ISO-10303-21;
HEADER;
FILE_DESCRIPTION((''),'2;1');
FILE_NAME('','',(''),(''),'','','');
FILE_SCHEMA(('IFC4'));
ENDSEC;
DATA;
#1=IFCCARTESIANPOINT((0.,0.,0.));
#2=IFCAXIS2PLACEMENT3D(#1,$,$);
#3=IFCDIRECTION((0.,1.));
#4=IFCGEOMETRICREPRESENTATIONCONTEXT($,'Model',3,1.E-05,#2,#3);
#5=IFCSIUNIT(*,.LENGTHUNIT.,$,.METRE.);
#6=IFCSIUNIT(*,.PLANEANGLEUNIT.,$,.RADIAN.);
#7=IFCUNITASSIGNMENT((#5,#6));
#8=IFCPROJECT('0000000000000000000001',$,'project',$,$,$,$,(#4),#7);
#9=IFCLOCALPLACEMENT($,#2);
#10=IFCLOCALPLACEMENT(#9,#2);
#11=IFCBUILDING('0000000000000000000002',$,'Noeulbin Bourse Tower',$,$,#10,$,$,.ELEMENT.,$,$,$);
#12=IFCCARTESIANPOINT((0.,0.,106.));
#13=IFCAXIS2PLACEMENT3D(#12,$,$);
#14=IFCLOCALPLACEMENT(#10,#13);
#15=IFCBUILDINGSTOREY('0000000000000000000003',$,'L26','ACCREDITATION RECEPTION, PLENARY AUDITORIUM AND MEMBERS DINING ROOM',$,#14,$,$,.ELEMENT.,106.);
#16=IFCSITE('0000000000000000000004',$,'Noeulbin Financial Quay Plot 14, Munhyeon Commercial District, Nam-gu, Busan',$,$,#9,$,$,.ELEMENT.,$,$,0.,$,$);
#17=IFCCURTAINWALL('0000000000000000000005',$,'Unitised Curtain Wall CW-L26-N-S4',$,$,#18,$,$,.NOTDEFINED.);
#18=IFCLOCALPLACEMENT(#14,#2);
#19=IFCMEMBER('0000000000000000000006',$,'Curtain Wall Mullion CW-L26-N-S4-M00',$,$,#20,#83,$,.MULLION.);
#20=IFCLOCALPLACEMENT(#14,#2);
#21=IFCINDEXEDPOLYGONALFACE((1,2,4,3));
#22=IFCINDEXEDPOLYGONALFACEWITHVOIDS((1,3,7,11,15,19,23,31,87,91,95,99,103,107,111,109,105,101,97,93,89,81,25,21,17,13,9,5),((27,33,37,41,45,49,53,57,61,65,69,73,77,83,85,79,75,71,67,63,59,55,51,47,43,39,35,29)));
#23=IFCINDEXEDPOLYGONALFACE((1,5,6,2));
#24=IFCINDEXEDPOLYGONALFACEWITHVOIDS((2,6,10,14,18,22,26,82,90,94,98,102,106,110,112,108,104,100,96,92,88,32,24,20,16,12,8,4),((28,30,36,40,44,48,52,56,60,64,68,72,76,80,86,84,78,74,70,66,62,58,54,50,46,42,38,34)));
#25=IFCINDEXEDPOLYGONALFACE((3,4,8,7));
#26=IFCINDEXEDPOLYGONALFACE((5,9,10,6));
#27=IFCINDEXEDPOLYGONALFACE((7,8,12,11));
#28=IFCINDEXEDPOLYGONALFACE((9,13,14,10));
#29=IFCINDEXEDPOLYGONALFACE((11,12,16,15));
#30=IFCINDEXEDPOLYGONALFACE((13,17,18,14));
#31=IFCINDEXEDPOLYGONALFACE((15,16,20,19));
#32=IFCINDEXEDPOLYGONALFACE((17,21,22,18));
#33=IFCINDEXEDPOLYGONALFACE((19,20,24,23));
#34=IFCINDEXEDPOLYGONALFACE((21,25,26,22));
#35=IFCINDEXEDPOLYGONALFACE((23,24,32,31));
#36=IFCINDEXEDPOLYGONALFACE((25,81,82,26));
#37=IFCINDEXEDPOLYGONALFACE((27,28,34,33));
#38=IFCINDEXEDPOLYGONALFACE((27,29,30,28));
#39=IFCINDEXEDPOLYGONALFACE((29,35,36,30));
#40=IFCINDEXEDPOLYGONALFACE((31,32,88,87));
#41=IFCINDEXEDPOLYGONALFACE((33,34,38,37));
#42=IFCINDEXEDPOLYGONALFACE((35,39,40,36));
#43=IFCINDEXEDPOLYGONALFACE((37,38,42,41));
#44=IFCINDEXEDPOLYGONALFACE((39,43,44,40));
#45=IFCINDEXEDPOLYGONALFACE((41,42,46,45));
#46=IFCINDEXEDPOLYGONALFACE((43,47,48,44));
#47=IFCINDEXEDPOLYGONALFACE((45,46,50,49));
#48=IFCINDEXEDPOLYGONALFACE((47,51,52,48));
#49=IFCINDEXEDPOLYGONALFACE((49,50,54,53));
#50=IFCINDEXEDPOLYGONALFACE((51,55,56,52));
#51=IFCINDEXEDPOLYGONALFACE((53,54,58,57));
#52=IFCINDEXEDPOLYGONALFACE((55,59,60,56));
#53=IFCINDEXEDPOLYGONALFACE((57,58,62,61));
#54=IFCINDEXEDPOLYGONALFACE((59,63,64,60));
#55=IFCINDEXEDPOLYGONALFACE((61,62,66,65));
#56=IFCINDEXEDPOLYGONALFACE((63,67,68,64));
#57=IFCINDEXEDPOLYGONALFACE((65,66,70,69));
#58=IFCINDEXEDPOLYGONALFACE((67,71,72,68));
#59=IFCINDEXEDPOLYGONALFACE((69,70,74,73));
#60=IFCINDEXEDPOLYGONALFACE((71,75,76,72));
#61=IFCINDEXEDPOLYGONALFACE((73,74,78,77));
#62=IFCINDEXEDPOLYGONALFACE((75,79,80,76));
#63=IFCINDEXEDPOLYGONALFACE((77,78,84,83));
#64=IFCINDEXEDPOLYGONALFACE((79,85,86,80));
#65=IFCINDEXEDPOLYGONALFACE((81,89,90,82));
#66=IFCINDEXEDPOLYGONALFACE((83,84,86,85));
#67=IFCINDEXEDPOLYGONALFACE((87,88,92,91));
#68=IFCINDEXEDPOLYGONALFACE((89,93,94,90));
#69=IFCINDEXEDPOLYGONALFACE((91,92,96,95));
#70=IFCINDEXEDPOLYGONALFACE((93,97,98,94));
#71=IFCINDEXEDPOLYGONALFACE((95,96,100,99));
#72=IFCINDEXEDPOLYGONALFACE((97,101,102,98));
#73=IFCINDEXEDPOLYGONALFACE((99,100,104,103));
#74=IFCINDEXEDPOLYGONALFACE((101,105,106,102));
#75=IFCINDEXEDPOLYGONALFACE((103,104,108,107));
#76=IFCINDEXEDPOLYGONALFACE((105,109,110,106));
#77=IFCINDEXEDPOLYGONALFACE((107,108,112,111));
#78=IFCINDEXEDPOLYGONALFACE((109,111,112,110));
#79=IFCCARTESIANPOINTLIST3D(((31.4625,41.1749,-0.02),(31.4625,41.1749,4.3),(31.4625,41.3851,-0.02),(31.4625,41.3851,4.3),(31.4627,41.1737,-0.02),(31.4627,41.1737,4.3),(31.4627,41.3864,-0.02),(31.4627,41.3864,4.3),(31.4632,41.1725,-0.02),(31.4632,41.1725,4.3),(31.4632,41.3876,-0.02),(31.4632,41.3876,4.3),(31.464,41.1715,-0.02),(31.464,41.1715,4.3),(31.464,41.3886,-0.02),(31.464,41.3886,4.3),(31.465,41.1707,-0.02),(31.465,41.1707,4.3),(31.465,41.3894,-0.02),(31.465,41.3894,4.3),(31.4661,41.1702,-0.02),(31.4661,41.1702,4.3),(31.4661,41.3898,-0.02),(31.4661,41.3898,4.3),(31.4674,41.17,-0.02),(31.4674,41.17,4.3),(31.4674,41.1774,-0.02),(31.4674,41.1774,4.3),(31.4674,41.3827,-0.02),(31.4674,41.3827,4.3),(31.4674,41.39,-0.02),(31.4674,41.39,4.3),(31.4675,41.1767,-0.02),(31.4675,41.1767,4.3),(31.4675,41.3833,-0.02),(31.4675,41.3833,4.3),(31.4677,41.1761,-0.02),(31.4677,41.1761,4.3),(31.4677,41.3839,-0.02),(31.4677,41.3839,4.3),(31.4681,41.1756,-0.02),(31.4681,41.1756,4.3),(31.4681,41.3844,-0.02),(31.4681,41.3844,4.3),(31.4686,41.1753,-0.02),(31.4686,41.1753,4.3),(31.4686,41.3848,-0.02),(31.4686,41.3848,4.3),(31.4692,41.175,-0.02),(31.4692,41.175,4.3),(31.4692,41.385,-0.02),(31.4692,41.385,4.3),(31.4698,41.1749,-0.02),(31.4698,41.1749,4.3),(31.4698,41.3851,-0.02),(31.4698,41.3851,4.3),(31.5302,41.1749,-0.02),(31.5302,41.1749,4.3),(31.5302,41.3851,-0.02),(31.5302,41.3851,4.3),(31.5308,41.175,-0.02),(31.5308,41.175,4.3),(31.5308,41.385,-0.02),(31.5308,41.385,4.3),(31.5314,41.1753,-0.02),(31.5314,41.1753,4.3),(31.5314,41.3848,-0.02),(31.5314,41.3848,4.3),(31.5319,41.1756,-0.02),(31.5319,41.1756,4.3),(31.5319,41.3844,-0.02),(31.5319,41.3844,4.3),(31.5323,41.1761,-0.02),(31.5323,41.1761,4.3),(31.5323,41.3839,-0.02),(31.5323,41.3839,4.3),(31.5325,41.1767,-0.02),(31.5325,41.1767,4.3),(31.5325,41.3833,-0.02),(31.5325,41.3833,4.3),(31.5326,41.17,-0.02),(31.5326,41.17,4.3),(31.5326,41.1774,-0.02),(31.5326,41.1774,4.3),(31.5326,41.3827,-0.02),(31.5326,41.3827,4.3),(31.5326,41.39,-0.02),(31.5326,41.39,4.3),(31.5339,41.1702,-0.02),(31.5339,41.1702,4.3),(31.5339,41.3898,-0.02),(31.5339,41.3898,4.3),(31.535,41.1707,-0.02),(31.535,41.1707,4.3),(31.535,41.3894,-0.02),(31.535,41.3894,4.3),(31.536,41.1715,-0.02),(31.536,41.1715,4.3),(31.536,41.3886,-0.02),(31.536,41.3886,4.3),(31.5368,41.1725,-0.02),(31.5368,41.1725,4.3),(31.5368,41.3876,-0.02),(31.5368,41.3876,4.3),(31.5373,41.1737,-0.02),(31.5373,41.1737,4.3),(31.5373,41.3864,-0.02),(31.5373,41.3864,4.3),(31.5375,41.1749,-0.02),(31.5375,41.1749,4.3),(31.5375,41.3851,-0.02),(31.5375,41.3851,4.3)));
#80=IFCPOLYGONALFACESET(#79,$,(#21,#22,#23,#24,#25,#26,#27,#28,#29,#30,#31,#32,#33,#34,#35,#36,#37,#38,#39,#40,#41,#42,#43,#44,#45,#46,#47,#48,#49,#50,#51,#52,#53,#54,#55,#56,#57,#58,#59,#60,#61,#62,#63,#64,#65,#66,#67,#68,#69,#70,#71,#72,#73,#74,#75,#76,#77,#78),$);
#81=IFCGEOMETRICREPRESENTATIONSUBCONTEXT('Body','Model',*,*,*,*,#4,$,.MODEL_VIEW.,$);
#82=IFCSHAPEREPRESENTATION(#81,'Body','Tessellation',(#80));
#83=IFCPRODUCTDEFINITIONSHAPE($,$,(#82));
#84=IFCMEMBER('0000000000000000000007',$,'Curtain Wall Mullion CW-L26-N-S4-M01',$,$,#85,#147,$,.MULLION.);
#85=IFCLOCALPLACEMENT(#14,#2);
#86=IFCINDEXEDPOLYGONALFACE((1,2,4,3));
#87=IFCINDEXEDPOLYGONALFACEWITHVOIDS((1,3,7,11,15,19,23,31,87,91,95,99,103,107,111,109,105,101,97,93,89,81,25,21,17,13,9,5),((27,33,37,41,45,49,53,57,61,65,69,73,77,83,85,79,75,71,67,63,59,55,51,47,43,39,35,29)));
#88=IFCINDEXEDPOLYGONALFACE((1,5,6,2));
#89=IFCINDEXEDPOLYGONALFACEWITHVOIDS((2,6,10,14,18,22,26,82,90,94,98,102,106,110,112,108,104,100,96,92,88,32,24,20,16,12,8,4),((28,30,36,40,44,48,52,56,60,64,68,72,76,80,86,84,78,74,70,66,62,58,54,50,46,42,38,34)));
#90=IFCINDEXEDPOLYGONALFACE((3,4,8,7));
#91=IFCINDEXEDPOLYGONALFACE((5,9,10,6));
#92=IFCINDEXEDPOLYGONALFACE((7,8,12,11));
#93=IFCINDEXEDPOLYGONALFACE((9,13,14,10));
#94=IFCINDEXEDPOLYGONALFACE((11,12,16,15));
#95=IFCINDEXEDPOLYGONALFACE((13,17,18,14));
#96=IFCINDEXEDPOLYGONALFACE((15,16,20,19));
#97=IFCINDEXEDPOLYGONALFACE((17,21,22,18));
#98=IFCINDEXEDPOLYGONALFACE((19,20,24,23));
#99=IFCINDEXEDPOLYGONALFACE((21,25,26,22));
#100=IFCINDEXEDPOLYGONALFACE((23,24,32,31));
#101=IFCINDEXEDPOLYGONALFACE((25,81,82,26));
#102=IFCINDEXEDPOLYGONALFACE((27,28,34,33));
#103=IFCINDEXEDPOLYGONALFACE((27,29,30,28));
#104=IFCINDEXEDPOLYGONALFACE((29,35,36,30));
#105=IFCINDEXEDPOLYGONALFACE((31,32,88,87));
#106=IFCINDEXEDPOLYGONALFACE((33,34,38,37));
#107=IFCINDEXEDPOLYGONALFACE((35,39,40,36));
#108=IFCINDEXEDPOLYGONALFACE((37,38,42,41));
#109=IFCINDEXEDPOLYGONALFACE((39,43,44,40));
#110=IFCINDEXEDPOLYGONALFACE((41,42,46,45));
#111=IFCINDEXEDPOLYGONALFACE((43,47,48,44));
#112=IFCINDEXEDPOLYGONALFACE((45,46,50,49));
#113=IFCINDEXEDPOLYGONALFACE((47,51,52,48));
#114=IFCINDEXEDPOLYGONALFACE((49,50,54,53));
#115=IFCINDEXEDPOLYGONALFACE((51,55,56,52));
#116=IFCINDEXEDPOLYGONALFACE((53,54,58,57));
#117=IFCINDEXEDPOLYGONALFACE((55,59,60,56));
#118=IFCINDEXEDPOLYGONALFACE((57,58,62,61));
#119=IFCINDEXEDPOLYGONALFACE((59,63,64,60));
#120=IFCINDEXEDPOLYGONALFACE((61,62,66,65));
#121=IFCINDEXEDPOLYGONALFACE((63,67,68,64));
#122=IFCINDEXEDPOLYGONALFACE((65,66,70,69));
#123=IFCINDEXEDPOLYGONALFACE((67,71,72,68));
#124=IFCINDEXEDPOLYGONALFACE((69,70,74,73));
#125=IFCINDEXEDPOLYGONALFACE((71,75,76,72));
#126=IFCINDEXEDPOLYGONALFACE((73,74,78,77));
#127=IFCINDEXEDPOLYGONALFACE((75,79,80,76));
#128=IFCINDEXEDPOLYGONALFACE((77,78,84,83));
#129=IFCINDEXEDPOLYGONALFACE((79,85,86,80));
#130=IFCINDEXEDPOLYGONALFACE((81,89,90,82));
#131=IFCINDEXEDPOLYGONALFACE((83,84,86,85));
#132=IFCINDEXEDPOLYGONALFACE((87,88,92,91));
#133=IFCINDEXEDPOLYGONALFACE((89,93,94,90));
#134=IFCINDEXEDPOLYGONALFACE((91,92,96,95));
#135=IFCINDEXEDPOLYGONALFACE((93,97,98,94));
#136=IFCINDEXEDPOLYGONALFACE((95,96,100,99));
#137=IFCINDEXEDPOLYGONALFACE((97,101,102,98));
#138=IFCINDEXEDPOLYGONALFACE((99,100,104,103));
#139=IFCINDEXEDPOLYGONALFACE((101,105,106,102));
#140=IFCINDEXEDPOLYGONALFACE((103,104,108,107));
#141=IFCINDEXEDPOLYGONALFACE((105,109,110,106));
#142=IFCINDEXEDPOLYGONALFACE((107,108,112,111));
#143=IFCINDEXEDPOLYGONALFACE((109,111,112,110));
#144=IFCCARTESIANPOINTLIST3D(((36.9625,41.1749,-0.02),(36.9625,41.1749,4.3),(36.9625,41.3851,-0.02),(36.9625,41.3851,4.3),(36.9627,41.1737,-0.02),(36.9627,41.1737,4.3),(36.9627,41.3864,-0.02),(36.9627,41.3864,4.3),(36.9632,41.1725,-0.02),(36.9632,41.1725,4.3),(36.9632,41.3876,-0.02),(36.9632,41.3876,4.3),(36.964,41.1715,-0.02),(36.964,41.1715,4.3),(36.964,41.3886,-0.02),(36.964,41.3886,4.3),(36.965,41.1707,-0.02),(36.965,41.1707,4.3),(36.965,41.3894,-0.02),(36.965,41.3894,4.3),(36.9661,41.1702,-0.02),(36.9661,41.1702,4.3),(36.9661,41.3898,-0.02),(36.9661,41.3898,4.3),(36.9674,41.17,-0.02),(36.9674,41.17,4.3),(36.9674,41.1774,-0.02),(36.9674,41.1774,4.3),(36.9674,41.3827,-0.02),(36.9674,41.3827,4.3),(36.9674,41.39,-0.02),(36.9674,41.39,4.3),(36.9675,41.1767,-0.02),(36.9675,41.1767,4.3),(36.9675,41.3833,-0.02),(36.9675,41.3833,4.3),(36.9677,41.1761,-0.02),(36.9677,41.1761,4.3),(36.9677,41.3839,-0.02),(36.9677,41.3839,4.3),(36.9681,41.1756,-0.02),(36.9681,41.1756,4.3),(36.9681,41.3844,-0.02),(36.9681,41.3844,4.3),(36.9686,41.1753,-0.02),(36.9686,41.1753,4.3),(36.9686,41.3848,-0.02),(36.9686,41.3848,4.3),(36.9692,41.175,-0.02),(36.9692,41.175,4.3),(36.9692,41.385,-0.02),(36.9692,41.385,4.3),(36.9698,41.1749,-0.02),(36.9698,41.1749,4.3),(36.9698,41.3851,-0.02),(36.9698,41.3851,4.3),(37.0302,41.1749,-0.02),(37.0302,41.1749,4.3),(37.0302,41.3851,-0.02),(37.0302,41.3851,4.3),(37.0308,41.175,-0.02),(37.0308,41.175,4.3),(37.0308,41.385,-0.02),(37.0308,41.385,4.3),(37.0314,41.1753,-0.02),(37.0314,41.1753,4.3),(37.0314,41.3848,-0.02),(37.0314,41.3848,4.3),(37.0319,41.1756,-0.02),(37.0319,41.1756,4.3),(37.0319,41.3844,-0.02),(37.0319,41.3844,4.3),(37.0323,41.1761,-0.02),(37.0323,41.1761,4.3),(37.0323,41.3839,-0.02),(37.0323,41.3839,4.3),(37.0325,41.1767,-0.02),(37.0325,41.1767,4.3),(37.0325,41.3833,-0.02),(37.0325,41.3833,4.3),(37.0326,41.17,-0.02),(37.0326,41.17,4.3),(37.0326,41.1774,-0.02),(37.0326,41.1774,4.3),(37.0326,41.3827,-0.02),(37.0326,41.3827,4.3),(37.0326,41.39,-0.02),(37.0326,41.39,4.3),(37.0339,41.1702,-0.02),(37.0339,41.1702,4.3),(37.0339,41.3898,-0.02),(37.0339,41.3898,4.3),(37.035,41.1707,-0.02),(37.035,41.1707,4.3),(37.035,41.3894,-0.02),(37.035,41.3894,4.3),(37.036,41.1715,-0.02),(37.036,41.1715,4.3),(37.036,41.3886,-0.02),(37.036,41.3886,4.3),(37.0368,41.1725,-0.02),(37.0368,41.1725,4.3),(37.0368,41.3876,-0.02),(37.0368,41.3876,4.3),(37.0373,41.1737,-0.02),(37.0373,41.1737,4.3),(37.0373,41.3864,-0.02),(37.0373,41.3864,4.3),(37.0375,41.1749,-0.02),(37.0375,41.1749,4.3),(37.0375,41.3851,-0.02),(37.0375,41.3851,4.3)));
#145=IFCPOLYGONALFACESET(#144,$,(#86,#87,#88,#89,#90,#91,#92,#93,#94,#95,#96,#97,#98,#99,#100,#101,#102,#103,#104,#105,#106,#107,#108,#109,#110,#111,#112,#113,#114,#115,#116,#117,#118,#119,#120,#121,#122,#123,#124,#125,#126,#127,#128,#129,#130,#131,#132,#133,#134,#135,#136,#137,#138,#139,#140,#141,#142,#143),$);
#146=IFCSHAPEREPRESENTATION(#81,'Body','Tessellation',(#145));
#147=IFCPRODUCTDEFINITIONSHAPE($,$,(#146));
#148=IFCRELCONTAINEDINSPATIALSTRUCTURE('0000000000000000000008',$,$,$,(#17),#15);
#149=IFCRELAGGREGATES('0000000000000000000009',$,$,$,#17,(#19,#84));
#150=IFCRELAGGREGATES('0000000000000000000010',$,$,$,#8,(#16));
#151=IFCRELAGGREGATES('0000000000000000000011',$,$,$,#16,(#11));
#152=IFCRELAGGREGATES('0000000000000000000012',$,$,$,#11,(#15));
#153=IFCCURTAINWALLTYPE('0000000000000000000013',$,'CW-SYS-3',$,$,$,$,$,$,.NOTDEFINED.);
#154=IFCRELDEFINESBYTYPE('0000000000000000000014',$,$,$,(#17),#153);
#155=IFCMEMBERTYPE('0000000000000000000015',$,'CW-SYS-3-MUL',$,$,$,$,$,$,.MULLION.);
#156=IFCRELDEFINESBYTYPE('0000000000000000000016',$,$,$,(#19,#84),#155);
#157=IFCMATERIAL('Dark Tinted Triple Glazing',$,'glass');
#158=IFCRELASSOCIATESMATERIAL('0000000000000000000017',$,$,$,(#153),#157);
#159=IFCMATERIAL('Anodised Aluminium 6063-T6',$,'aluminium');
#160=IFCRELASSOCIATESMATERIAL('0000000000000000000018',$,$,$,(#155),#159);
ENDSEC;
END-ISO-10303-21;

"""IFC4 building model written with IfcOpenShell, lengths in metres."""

from ifc_helpers import new_model, si_unit, direction, frame, origin, origin_2d, place, context, subcontext, project, spatial, hollow_rectangle, extrude, material, material_profile, profile_set, type_object, element, aggregate, save


model = new_model("IFC4")

# Units and contexts
model_context = context("Model", 3, precision=1e-05, world=origin(), true_north=direction((0.0, 1.0)))
body_context = subcontext(model_context, "Body", "Model", "MODEL_VIEW")
ifc_project = project(units=[si_unit("LENGTHUNIT", "METRE"), si_unit("PLANEANGLEUNIT", "RADIAN")], contexts=[model_context])

# Site, building, storey
site_placement = place(None, origin())
site = spatial("IfcSite", under=ifc_project, at=site_placement, Name="Noeulbin Financial Quay Plot 14, Munhyeon Commercial District, Nam-gu, Busan", CompositionType="ELEMENT", RefElevation=0.0)
building_placement = place(site_placement, origin())
building = spatial("IfcBuilding", under=site, at=building_placement, Name="Noeulbin Bourse Tower", CompositionType="ELEMENT")
storey_placement = place(building_placement, frame((0.0, 0.0, 106.0)))
storey = spatial("IfcBuildingStorey", under=building, at=storey_placement, Name="L26", Description="ACCREDITATION RECEPTION, PLENARY AUDITORIUM AND MEMBERS DINING ROOM", CompositionType="ELEMENT", Elevation=106.0)

# Shared definitions
ifc_material_1 = material(Name="Dark Tinted Triple Glazing", Category="glass")
curtain_wall_type = type_object("IfcCurtainWallType", Name="CW-SYS-3", PredefinedType="NOTDEFINED", material=ifc_material_1)
ifc_material_2 = material(Name="Anodised Aluminium 6063-T6", Category="aluminium")
ifc_material_profile_1 = material_profile(ifc_material_2, hollow_rectangle(XDim=0.075, YDim=0.22, WallThickness=0.0049, InnerFilletRadius=0.0024, OuterFilletRadius=0.0049, at=origin_2d()), Name="ALU-MULL-75x220x5", Category="LoadBearing")
ifc_profile_set_1 = profile_set([ifc_material_profile_1], Name="Anodised Aluminium 6063-T6")
member_type_1 = type_object("IfcMemberType", Name="CW-SYS-3-MUL", PredefinedType="MULLION", material=ifc_profile_set_1)

# Curtain wall, members
curtain_wall_1_placement = place(storey_placement, origin())
curtain_wall_1 = element("IfcCurtainWall", 1, at=curtain_wall_1_placement, inside=storey, type_object=curtain_wall_type, Name="Unitised Curtain Wall CW-L26-N-S4", PredefinedType="NOTDEFINED")
member_1_placement = place(storey_placement, frame((31.5, 41.28, -0.02), z_axis=(0.0, 0.0, 1.0), x_axis=(1.0, 0.0, 0.0)))
member_1 = element("IfcMember", 2, at=member_1_placement, type_object=member_type_1, Name="Curtain Wall Mullion CW-L26-N-S4-M00", PredefinedType="MULLION", context=body_context, shape_type="SweptSolid", body=[
    extrude(hollow_rectangle(XDim=0.075, YDim=0.22, WallThickness=0.0049, InnerFilletRadius=0.0024, OuterFilletRadius=0.0049, at=origin_2d()), origin(), (0.0, 0.0, 1.0), 4.3201),
])
member_2_placement = place(storey_placement, frame((37.0, 41.28, -0.02), z_axis=(0.0, 0.0, 1.0), x_axis=(1.0, 0.0, 0.0)))
member_2 = element("IfcMember", 3, at=member_2_placement, type_object=member_type_1, Name="Curtain Wall Mullion CW-L26-N-S4-M01", PredefinedType="MULLION", context=body_context, shape_type="SweptSolid", body=[
    extrude(hollow_rectangle(XDim=0.075, YDim=0.22, WallThickness=0.0049, InnerFilletRadius=0.0024, OuterFilletRadius=0.0049, at=origin_2d()), origin(), (0.0, 0.0, 1.0), 4.3201),
])

aggregate(curtain_wall_1, [member_1, member_2])

save(model, "model.ifc")
